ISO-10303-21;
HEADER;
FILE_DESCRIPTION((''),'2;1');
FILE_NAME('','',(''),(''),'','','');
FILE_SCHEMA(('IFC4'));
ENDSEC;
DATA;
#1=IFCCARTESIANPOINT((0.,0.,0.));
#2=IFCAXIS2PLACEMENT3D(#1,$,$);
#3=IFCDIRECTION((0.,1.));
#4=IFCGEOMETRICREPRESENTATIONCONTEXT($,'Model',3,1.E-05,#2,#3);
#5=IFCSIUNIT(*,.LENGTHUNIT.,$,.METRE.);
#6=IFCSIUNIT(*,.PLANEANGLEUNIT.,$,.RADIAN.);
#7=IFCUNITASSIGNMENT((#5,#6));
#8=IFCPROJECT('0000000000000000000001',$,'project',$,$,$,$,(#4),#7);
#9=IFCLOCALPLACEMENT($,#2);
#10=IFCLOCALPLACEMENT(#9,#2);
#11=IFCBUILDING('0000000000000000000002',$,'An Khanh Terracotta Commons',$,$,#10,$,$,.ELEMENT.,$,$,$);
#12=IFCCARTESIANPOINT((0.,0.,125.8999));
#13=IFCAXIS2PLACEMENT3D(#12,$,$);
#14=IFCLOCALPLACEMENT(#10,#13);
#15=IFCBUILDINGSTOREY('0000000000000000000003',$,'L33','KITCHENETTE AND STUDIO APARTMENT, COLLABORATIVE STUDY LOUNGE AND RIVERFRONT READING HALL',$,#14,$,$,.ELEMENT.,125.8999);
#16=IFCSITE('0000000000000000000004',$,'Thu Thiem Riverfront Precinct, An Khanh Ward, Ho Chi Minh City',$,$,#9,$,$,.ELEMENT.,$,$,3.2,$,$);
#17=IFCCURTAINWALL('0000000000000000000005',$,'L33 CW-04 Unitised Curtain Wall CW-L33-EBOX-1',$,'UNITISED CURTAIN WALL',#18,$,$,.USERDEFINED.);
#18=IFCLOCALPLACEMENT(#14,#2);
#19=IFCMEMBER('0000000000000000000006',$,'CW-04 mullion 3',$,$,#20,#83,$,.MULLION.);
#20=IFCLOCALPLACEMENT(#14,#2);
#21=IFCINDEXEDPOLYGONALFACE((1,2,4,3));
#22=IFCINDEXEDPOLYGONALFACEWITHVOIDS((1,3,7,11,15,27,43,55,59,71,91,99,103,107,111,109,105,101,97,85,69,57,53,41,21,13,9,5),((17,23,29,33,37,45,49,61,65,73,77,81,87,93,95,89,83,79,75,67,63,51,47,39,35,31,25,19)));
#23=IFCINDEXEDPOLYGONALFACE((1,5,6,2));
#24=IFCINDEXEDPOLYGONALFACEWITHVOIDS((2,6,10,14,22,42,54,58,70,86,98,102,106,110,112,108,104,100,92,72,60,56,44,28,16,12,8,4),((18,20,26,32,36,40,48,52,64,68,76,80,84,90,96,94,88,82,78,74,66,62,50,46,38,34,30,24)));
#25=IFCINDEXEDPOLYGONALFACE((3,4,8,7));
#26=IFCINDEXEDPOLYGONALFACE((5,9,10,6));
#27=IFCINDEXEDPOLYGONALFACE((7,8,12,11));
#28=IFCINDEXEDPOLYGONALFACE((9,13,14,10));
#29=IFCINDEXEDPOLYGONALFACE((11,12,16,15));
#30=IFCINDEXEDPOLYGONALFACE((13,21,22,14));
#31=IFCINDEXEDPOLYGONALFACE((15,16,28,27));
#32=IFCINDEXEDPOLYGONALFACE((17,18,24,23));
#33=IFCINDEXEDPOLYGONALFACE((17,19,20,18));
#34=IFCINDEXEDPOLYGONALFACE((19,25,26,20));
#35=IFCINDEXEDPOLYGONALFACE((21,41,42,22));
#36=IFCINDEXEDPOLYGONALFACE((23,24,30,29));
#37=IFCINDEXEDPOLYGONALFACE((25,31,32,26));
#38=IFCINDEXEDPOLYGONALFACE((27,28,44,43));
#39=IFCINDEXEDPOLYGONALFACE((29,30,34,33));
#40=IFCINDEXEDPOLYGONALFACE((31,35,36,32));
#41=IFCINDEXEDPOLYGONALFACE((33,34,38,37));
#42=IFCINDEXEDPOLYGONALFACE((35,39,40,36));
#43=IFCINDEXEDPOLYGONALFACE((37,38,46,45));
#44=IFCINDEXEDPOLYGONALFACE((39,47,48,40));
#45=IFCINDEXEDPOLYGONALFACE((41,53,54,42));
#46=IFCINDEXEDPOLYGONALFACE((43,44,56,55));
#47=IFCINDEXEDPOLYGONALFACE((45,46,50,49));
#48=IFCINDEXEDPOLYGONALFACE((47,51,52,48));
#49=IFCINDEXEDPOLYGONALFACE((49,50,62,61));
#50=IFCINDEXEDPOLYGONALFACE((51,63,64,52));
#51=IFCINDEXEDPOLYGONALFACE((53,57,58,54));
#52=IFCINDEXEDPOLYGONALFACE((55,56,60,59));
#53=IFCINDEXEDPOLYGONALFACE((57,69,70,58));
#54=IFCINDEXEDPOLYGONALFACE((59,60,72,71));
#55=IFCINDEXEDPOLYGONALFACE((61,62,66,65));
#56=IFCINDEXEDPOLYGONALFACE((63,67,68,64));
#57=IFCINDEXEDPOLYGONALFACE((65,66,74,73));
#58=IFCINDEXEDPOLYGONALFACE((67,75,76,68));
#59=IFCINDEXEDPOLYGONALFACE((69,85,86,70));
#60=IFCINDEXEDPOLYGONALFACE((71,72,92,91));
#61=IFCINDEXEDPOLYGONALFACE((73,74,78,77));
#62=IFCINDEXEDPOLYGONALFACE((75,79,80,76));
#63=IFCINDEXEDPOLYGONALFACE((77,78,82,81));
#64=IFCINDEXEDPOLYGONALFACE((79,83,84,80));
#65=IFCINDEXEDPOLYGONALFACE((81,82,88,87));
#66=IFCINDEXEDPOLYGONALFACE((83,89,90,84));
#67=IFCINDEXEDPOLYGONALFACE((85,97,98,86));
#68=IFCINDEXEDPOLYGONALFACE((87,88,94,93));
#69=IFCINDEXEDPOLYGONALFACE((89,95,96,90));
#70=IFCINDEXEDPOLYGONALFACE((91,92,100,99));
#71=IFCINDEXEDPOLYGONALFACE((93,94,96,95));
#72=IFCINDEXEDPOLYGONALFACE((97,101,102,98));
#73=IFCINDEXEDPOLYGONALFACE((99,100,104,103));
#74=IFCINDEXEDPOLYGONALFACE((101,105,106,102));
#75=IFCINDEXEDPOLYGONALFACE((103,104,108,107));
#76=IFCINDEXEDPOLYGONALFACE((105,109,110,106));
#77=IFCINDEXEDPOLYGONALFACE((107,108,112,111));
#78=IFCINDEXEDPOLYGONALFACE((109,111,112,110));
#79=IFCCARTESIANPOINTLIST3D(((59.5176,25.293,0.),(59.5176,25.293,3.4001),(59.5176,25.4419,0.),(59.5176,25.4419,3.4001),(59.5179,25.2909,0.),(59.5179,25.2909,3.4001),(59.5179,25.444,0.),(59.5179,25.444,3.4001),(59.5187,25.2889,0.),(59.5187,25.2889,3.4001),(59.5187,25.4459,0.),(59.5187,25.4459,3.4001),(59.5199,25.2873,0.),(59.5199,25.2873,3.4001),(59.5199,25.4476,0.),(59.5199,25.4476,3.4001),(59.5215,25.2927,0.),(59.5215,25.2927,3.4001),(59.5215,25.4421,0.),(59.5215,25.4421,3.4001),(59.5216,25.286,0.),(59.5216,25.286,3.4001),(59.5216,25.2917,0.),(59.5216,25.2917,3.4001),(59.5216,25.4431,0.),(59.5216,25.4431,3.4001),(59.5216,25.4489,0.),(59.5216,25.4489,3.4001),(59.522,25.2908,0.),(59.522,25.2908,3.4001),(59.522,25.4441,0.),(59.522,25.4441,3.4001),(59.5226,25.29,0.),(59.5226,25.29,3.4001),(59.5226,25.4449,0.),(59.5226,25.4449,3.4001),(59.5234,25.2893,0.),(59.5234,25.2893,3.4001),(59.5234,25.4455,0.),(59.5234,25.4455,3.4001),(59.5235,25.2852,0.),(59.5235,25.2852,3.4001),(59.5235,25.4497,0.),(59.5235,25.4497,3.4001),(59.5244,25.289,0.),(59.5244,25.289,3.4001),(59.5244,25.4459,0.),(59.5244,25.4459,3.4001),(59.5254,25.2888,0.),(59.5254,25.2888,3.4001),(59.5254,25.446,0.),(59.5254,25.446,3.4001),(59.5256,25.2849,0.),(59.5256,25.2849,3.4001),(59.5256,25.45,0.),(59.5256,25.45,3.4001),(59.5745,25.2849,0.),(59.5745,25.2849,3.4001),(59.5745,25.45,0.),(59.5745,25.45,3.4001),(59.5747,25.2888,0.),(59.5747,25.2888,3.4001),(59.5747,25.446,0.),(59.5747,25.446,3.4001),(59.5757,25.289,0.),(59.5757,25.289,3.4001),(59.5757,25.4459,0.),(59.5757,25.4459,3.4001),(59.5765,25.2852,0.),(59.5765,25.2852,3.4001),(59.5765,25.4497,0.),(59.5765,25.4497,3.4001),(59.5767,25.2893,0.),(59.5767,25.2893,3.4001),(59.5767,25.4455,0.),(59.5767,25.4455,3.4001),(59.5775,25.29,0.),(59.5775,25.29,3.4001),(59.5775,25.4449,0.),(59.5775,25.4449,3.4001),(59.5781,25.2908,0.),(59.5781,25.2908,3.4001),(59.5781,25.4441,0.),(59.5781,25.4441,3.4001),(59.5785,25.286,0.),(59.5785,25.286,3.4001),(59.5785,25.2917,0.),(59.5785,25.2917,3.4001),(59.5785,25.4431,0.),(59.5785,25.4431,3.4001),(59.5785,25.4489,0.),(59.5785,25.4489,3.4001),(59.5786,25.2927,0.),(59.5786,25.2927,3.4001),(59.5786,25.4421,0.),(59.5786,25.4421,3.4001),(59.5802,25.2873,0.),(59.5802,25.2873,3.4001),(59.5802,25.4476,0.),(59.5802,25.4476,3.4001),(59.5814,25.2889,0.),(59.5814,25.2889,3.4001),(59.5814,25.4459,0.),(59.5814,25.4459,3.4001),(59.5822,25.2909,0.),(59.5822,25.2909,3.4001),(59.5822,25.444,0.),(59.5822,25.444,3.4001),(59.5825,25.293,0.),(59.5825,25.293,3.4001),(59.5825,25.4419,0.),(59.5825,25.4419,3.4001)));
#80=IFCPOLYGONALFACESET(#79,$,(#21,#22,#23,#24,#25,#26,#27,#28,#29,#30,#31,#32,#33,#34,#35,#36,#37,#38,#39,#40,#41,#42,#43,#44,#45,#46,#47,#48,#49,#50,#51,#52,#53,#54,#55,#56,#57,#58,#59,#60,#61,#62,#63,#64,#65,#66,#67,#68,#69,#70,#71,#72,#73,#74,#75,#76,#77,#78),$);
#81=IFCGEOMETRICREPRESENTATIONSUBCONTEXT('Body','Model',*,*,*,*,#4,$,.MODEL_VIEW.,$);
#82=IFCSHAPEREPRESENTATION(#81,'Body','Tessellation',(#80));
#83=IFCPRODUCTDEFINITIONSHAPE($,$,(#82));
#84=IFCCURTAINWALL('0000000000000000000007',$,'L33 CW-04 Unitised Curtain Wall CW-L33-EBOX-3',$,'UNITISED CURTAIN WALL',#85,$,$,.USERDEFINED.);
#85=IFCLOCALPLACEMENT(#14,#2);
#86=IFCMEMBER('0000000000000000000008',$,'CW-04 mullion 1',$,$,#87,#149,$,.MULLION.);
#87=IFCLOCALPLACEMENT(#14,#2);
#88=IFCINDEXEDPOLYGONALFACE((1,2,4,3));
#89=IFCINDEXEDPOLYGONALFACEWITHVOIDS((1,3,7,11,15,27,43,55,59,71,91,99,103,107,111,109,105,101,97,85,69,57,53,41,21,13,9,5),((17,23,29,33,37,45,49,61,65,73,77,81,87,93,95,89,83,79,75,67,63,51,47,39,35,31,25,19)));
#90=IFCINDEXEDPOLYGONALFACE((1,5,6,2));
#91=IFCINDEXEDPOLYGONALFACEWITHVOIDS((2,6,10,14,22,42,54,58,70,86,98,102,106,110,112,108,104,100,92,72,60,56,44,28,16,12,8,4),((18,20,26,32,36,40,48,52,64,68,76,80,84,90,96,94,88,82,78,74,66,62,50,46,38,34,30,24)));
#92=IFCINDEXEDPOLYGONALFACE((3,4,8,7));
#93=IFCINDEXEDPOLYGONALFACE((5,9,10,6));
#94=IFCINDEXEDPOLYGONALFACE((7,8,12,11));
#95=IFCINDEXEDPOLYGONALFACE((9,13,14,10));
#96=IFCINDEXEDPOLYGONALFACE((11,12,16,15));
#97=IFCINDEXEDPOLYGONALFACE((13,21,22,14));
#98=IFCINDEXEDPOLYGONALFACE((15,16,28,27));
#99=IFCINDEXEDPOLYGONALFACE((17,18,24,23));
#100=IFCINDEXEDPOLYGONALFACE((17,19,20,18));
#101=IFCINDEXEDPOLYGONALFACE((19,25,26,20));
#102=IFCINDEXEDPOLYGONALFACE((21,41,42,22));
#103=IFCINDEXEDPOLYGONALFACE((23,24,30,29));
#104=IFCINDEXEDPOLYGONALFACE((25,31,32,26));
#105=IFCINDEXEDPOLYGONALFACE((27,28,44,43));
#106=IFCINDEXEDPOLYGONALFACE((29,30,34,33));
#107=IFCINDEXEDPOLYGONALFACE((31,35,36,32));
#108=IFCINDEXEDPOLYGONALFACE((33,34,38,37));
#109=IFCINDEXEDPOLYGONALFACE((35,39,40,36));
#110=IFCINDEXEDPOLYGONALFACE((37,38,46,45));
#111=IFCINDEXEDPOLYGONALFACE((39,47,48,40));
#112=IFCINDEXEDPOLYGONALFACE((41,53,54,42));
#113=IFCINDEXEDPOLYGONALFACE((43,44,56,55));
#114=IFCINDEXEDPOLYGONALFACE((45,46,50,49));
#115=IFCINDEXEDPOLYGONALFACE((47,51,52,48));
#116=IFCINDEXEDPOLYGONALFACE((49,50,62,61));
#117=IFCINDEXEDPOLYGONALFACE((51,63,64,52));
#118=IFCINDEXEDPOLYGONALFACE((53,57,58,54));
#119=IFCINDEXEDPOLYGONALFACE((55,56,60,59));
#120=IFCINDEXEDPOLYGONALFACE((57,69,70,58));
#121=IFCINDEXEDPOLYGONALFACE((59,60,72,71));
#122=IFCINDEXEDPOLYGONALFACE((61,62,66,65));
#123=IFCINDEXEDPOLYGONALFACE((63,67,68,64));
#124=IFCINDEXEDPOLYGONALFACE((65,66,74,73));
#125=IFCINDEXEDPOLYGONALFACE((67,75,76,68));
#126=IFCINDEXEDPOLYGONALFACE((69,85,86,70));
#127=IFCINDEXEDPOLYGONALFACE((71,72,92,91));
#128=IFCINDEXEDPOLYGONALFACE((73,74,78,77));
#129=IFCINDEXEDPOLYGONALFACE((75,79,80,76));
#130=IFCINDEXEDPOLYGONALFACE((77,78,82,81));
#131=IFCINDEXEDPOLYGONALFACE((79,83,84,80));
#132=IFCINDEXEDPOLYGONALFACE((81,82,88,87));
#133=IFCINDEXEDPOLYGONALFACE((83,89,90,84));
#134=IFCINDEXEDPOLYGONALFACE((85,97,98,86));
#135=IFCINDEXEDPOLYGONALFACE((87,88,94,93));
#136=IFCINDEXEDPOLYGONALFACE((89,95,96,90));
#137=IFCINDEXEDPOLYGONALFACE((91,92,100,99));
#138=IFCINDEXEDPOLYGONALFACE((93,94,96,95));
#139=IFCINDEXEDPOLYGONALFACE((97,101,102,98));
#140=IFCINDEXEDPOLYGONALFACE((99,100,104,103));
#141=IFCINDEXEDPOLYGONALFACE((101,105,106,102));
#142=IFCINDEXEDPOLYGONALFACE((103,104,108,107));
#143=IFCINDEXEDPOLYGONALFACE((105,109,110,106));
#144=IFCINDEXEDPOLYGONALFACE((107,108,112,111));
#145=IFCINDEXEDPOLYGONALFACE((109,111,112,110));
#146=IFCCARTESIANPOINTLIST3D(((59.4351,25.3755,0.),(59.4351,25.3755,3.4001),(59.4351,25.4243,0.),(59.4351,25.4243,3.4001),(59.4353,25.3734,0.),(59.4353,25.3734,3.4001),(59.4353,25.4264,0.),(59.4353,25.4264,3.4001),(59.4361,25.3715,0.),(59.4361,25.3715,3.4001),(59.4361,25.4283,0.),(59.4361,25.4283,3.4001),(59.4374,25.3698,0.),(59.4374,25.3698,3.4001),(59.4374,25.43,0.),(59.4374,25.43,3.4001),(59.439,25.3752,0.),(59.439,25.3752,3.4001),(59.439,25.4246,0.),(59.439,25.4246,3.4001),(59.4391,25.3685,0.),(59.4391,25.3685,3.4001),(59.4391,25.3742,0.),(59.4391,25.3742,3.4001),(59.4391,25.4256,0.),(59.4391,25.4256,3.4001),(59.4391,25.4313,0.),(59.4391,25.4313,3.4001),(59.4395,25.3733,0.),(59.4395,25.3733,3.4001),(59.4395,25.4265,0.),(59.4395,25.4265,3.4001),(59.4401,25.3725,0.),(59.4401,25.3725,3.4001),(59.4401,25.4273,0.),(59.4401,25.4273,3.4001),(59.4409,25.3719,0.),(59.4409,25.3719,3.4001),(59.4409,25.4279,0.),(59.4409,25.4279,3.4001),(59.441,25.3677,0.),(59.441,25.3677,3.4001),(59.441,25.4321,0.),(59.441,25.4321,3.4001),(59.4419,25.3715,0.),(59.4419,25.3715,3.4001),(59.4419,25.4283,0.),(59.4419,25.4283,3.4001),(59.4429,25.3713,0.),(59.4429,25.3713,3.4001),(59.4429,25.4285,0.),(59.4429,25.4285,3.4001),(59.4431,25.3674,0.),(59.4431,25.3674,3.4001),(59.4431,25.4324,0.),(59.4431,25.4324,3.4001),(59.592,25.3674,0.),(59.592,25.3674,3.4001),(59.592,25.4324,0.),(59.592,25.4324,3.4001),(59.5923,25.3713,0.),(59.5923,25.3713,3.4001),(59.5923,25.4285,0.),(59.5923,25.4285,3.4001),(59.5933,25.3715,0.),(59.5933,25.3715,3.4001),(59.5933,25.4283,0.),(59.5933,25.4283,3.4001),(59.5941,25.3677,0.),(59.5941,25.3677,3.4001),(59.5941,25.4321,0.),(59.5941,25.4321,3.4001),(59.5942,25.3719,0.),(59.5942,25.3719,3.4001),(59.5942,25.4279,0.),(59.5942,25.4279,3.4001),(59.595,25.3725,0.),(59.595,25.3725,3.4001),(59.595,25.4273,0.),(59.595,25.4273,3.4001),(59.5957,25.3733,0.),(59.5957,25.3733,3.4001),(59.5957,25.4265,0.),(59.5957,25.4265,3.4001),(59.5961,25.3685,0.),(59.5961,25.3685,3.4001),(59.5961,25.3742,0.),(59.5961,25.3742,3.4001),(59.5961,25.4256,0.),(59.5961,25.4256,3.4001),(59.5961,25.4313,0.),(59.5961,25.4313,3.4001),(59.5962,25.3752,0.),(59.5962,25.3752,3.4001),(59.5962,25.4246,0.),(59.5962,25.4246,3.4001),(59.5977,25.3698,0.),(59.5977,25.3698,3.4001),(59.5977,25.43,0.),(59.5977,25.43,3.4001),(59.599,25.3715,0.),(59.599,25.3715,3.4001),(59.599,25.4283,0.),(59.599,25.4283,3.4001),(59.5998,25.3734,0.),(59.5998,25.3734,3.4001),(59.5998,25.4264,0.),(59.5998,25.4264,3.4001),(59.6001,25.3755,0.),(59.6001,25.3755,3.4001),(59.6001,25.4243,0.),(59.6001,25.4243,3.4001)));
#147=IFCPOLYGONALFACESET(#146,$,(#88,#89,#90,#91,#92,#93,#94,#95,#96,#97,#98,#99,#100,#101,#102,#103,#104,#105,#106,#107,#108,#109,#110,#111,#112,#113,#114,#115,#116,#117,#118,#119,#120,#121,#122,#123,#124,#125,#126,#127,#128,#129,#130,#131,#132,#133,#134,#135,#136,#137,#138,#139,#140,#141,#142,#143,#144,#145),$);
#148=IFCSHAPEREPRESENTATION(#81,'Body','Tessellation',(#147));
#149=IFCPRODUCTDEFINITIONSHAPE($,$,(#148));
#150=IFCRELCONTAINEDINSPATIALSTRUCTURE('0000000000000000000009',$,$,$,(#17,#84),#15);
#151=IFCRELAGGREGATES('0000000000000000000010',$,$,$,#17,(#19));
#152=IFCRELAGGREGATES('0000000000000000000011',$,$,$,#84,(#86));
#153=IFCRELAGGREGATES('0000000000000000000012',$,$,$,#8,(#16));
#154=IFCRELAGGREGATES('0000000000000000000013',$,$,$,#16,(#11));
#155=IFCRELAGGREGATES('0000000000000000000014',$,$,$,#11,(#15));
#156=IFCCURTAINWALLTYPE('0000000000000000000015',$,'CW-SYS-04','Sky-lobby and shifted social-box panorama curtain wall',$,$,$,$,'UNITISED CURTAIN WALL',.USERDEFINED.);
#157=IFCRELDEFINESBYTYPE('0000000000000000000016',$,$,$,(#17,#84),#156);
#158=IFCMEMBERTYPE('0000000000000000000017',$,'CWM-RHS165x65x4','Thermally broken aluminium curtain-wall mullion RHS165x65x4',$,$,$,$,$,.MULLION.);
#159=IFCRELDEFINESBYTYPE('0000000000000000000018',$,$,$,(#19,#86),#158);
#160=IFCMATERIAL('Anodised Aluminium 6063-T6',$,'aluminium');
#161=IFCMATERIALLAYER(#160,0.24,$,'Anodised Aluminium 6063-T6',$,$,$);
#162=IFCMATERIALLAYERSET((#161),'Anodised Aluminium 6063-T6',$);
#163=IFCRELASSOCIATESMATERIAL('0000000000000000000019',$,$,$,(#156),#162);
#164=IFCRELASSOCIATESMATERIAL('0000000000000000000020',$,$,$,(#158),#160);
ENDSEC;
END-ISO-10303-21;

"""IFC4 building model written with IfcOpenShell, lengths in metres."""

from ifc_helpers import new_model, si_unit, direction, frame, origin, origin_2d, place, context, subcontext, project, spatial, hollow_rectangle, extrude, material, layer, layer_set, material_profile, profile_set, type_object, element, aggregate, save


model = new_model("IFC4")

# Units and contexts
model_context = context("Model", 3, precision=1e-05, world=origin(), true_north=direction((0.0, 1.0)))
body_context = subcontext(model_context, "Body", "Model", "MODEL_VIEW")
ifc_project = project(units=[si_unit("LENGTHUNIT", "METRE"), si_unit("PLANEANGLEUNIT", "RADIAN")], contexts=[model_context])

# Site, building, storey
site_placement = place(None, origin())
site = spatial("IfcSite", under=ifc_project, at=site_placement, Name="Thu Thiem Riverfront Precinct, An Khanh Ward, Ho Chi Minh City", CompositionType="ELEMENT", RefElevation=3.2)
building_placement = place(site_placement, origin())
building = spatial("IfcBuilding", under=site, at=building_placement, Name="An Khanh Terracotta Commons", CompositionType="ELEMENT")
storey_placement = place(building_placement, frame((0.0, 0.0, 125.8999)))
storey = spatial("IfcBuildingStorey", under=building, at=storey_placement, Name="L33", Description="KITCHENETTE AND STUDIO APARTMENT, COLLABORATIVE STUDY LOUNGE AND RIVERFRONT READING HALL", CompositionType="ELEMENT", Elevation=125.8999)

# Curtain wall, member
ifc_material_1 = material(Name="Anodised Aluminium 6063-T6", Category="aluminium")
ifc_layer_1 = layer(ifc_material_1, 0.24, Name="Anodised Aluminium 6063-T6")
ifc_layer_set_1 = layer_set([ifc_layer_1], Name="Anodised Aluminium 6063-T6")
curtain_wall_type_1 = type_object("IfcCurtainWallType", Name="CW-SYS-04", Description="Sky-lobby and shifted social-box panorama curtain wall", ElementType="UNITISED CURTAIN WALL", PredefinedType="USERDEFINED", material=ifc_layer_set_1)
curtain_wall_1_placement = place(storey_placement, origin())
curtain_wall_1 = element("IfcCurtainWall", 1, at=curtain_wall_1_placement, inside=storey, type_object=curtain_wall_type_1, Name="L33 CW-04 Unitised Curtain Wall CW-L33-EBOX-1", ObjectType="UNITISED CURTAIN WALL", PredefinedType="USERDEFINED")
ifc_material_profile_1 = material_profile(ifc_material_1, hollow_rectangle(XDim=0.0649, YDim=0.165, WallThickness=0.0039, InnerFilletRadius=0.0039, OuterFilletRadius=0.0081, at=origin_2d()), Name="RHS165x65x4")
ifc_profile_set_1 = profile_set([ifc_material_profile_1], Name="Anodised Aluminium 6063-T6")
member_type_1 = type_object("IfcMemberType", Name="CWM-RHS165x65x4", Description="Thermally broken aluminium curtain-wall mullion RHS165x65x4", PredefinedType="MULLION", material=ifc_profile_set_1)
member_1_placement = place(storey_placement, frame((59.55, 25.3674, 0.0), z_axis=(0.0, 0.0, 1.0), x_axis=(-1.0, 0.0, 0.0)))
member_1 = element("IfcMember", 2, at=member_1_placement, type_object=member_type_1, Name="CW-04 mullion 3", PredefinedType="MULLION", context=body_context, shape_type="SweptSolid", body=[
    extrude(hollow_rectangle(XDim=0.0649, YDim=0.165, WallThickness=0.0039, InnerFilletRadius=0.0039, OuterFilletRadius=0.0081, at=origin_2d()), origin(), (0.0, 0.0, 1.0), 3.4001),
])

# Curtain wall, member
curtain_wall_2_placement = place(storey_placement, origin())
curtain_wall_2 = element("IfcCurtainWall", 3, at=curtain_wall_2_placement, inside=storey, type_object=curtain_wall_type_1, Name="L33 CW-04 Unitised Curtain Wall CW-L33-EBOX-3", ObjectType="UNITISED CURTAIN WALL", PredefinedType="USERDEFINED")
member_2_placement = place(storey_placement, frame((59.5176, 25.3999, 0.0), z_axis=(0.0, 0.0, 1.0), x_axis=(0.0, -1.0, 0.0)))
member_2 = element("IfcMember", 4, at=member_2_placement, type_object=member_type_1, Name="CW-04 mullion 1", PredefinedType="MULLION", context=body_context, shape_type="SweptSolid", body=[
    extrude(hollow_rectangle(XDim=0.0649, YDim=0.165, WallThickness=0.0039, InnerFilletRadius=0.0039, OuterFilletRadius=0.0081, at=origin_2d()), origin(), (0.0, 0.0, 1.0), 3.4001),
])

aggregate(curtain_wall_1, [member_1])
aggregate(curtain_wall_2, [member_2])

save(model, "model.ifc")
